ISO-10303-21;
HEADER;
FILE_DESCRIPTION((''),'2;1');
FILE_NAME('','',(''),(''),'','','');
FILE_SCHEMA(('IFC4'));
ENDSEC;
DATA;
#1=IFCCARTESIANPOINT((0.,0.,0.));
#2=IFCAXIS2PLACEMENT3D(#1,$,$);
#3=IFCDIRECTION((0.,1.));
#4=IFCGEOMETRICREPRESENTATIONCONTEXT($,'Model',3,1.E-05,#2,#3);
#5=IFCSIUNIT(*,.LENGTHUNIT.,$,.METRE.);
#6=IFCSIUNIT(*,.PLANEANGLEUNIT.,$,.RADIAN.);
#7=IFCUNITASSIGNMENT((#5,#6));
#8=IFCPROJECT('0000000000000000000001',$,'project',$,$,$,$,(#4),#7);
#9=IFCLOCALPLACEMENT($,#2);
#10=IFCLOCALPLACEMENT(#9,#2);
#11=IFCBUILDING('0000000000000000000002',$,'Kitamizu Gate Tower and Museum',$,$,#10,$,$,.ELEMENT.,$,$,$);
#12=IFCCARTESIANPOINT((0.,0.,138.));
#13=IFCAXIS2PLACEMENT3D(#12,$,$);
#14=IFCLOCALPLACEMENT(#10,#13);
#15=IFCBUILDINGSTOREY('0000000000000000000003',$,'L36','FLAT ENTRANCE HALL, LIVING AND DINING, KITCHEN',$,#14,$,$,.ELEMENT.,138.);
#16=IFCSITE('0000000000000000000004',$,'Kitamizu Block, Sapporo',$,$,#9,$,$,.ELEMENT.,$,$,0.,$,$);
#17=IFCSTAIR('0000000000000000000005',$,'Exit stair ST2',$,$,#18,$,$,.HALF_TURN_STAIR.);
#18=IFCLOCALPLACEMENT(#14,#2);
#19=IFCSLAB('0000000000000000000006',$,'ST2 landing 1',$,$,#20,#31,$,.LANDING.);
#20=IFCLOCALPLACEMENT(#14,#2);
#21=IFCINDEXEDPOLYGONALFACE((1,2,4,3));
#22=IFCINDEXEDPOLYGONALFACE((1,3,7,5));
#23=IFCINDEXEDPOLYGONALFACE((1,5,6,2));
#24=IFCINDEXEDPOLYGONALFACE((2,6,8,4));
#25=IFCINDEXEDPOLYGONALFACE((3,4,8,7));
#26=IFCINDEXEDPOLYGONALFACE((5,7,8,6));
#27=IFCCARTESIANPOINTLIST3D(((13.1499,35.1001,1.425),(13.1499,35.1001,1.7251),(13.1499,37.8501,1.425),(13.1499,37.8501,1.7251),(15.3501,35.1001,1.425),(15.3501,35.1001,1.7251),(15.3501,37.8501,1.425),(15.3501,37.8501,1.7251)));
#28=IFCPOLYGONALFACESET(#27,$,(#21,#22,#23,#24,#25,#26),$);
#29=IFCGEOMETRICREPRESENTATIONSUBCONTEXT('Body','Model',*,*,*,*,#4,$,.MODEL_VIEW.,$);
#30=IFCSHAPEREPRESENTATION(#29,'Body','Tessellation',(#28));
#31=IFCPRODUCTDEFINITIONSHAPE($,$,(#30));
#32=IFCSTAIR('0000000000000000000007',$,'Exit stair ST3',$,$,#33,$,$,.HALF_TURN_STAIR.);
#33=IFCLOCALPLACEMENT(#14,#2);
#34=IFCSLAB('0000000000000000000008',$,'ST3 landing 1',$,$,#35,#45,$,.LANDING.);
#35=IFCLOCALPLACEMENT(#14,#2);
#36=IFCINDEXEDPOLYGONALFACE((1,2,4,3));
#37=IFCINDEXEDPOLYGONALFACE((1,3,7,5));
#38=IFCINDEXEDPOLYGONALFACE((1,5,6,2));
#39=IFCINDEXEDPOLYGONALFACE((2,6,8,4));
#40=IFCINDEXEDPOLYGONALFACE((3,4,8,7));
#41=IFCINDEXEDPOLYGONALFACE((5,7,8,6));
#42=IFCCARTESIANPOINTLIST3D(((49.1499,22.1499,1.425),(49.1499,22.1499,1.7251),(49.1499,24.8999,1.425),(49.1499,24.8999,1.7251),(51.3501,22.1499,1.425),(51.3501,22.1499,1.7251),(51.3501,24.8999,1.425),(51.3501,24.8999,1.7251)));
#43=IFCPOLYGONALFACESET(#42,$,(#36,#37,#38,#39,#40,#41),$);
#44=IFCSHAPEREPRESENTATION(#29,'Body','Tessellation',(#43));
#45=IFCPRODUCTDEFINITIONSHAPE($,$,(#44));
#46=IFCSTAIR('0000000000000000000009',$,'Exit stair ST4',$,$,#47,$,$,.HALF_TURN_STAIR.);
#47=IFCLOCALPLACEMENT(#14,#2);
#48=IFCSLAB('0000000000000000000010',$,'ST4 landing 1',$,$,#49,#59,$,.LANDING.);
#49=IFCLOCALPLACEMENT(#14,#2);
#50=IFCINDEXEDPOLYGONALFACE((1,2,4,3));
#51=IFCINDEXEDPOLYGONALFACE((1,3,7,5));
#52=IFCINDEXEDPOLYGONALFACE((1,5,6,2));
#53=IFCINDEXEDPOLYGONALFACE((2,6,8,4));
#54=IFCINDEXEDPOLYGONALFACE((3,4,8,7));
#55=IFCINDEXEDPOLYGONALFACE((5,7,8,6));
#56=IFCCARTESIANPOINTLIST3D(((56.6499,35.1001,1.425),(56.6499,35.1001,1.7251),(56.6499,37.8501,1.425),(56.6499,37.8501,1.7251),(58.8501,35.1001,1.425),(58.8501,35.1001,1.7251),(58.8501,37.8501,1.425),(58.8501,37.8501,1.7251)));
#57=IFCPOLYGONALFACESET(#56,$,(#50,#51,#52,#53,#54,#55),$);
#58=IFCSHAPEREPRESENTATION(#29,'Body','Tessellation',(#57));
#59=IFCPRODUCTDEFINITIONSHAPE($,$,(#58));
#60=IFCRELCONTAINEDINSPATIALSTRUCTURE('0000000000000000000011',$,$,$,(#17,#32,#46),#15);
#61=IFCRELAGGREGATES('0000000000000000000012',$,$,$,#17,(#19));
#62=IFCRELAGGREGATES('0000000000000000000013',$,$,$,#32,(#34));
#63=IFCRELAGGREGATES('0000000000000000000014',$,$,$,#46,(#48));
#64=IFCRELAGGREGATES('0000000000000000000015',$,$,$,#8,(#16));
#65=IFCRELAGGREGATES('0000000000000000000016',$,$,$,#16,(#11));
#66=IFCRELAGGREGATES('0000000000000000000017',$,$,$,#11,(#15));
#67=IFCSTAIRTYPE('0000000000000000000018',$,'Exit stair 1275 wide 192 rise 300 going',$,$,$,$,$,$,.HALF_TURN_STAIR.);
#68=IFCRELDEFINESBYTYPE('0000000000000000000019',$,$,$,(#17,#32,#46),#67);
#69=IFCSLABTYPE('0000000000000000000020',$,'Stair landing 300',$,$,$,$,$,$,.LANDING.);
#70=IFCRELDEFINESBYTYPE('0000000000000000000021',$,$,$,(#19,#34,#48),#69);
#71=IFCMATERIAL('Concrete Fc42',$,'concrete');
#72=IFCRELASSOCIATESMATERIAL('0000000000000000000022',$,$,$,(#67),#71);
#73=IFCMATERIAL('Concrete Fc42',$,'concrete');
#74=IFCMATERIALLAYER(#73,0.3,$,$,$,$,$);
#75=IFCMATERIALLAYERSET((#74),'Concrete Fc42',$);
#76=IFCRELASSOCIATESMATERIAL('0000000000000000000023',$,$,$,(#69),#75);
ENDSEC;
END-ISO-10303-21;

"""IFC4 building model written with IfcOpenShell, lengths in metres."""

from ifc_helpers import new_model, si_unit, direction, frame, origin, place, context, subcontext, project, spatial, polyline, outline, extrude, material, layer, layer_set, type_object, element, aggregate, save


model = new_model("IFC4")

# Units and contexts
model_context = context("Model", 3, precision=1e-05, world=origin(), true_north=direction((0.0, 1.0)))
body_context = subcontext(model_context, "Body", "Model", "MODEL_VIEW")
ifc_project = project(units=[si_unit("LENGTHUNIT", "METRE"), si_unit("PLANEANGLEUNIT", "RADIAN")], contexts=[model_context])

# Site, building, storey
site_placement = place(None, origin())
site = spatial("IfcSite", under=ifc_project, at=site_placement, Name="Kitamizu Block, Sapporo", CompositionType="ELEMENT", RefElevation=0.0)
building_placement = place(site_placement, origin())
building = spatial("IfcBuilding", under=site, at=building_placement, Name="Kitamizu Gate Tower and Museum", CompositionType="ELEMENT")
storey_placement = place(building_placement, frame((0.0, 0.0, 138.0)))
storey = spatial("IfcBuildingStorey", under=building, at=storey_placement, Name="L36", Description="FLAT ENTRANCE HALL, LIVING AND DINING, KITCHEN", CompositionType="ELEMENT", Elevation=138.0)

# Stairs, slabs
ifc_material_1 = material(Name="Concrete Fc42", Category="concrete")
stair_type = type_object("IfcStairType", Name="Exit stair 1275 wide 192 rise 300 going", PredefinedType="HALF_TURN_STAIR", material=ifc_material_1)
ifc_material_2 = material(Name="Concrete Fc42", Category="concrete")
ifc_layer_1 = layer(ifc_material_2, 0.3)
ifc_layer_set_1 = layer_set([ifc_layer_1], Name="Concrete Fc42")
slab_type_1 = type_object("IfcSlabType", Name="Stair landing 300", PredefinedType="LANDING", material=ifc_layer_set_1)
stair_1_placement = place(storey_placement, origin())
stair_1 = element("IfcStair", 1, at=stair_1_placement, inside=storey, type_object=stair_type, Name="Exit stair ST2", PredefinedType="HALF_TURN_STAIR")
slab_1_placement = place(storey_placement, frame((0.0, 0.0, 1.425)))
slab_1 = element("IfcSlab", 2, at=slab_1_placement, type_object=slab_type_1, Name="ST2 landing 1", PredefinedType="LANDING", context=body_context, shape_type="SweptSolid", body=[
    extrude(outline(polyline([(13.1499, 35.1001), (15.3501, 35.1001), (15.3501, 37.8501), (13.1499, 37.8501), (13.1499, 35.1001)])), origin(), (0.0, 0.0, 1.0), 0.3),
])
aggregate(stair_1, [slab_1])
stair_2_placement = place(storey_placement, origin())
stair_2 = element("IfcStair", 3, at=stair_2_placement, inside=storey, type_object=stair_type, Name="Exit stair ST3", PredefinedType="HALF_TURN_STAIR")
slab_2_placement = place(storey_placement, frame((0.0, 0.0, 1.425)))
slab_2 = element("IfcSlab", 4, at=slab_2_placement, type_object=slab_type_1, Name="ST3 landing 1", PredefinedType="LANDING", context=body_context, shape_type="SweptSolid", body=[
    extrude(outline(polyline([(49.1499, 22.1499), (51.3501, 22.1499), (51.3501, 24.8999), (49.1499, 24.8999), (49.1499, 22.1499)])), origin(), (0.0, 0.0, 1.0), 0.3),
])
aggregate(stair_2, [slab_2])
stair_3_placement = place(storey_placement, origin())
stair_3 = element("IfcStair", 5, at=stair_3_placement, inside=storey, type_object=stair_type, Name="Exit stair ST4", PredefinedType="HALF_TURN_STAIR")
slab_3_placement = place(storey_placement, frame((0.0, 0.0, 1.425)))
slab_3 = element("IfcSlab", 6, at=slab_3_placement, type_object=slab_type_1, Name="ST4 landing 1", PredefinedType="LANDING", context=body_context, shape_type="SweptSolid", body=[
    extrude(outline(polyline([(56.6499, 35.1001), (58.8501, 35.1001), (58.8501, 37.8501), (56.6499, 37.8501), (56.6499, 35.1001)])), origin(), (0.0, 0.0, 1.0), 0.3),
])
aggregate(stair_3, [slab_3])

save(model, "model.ifc")
